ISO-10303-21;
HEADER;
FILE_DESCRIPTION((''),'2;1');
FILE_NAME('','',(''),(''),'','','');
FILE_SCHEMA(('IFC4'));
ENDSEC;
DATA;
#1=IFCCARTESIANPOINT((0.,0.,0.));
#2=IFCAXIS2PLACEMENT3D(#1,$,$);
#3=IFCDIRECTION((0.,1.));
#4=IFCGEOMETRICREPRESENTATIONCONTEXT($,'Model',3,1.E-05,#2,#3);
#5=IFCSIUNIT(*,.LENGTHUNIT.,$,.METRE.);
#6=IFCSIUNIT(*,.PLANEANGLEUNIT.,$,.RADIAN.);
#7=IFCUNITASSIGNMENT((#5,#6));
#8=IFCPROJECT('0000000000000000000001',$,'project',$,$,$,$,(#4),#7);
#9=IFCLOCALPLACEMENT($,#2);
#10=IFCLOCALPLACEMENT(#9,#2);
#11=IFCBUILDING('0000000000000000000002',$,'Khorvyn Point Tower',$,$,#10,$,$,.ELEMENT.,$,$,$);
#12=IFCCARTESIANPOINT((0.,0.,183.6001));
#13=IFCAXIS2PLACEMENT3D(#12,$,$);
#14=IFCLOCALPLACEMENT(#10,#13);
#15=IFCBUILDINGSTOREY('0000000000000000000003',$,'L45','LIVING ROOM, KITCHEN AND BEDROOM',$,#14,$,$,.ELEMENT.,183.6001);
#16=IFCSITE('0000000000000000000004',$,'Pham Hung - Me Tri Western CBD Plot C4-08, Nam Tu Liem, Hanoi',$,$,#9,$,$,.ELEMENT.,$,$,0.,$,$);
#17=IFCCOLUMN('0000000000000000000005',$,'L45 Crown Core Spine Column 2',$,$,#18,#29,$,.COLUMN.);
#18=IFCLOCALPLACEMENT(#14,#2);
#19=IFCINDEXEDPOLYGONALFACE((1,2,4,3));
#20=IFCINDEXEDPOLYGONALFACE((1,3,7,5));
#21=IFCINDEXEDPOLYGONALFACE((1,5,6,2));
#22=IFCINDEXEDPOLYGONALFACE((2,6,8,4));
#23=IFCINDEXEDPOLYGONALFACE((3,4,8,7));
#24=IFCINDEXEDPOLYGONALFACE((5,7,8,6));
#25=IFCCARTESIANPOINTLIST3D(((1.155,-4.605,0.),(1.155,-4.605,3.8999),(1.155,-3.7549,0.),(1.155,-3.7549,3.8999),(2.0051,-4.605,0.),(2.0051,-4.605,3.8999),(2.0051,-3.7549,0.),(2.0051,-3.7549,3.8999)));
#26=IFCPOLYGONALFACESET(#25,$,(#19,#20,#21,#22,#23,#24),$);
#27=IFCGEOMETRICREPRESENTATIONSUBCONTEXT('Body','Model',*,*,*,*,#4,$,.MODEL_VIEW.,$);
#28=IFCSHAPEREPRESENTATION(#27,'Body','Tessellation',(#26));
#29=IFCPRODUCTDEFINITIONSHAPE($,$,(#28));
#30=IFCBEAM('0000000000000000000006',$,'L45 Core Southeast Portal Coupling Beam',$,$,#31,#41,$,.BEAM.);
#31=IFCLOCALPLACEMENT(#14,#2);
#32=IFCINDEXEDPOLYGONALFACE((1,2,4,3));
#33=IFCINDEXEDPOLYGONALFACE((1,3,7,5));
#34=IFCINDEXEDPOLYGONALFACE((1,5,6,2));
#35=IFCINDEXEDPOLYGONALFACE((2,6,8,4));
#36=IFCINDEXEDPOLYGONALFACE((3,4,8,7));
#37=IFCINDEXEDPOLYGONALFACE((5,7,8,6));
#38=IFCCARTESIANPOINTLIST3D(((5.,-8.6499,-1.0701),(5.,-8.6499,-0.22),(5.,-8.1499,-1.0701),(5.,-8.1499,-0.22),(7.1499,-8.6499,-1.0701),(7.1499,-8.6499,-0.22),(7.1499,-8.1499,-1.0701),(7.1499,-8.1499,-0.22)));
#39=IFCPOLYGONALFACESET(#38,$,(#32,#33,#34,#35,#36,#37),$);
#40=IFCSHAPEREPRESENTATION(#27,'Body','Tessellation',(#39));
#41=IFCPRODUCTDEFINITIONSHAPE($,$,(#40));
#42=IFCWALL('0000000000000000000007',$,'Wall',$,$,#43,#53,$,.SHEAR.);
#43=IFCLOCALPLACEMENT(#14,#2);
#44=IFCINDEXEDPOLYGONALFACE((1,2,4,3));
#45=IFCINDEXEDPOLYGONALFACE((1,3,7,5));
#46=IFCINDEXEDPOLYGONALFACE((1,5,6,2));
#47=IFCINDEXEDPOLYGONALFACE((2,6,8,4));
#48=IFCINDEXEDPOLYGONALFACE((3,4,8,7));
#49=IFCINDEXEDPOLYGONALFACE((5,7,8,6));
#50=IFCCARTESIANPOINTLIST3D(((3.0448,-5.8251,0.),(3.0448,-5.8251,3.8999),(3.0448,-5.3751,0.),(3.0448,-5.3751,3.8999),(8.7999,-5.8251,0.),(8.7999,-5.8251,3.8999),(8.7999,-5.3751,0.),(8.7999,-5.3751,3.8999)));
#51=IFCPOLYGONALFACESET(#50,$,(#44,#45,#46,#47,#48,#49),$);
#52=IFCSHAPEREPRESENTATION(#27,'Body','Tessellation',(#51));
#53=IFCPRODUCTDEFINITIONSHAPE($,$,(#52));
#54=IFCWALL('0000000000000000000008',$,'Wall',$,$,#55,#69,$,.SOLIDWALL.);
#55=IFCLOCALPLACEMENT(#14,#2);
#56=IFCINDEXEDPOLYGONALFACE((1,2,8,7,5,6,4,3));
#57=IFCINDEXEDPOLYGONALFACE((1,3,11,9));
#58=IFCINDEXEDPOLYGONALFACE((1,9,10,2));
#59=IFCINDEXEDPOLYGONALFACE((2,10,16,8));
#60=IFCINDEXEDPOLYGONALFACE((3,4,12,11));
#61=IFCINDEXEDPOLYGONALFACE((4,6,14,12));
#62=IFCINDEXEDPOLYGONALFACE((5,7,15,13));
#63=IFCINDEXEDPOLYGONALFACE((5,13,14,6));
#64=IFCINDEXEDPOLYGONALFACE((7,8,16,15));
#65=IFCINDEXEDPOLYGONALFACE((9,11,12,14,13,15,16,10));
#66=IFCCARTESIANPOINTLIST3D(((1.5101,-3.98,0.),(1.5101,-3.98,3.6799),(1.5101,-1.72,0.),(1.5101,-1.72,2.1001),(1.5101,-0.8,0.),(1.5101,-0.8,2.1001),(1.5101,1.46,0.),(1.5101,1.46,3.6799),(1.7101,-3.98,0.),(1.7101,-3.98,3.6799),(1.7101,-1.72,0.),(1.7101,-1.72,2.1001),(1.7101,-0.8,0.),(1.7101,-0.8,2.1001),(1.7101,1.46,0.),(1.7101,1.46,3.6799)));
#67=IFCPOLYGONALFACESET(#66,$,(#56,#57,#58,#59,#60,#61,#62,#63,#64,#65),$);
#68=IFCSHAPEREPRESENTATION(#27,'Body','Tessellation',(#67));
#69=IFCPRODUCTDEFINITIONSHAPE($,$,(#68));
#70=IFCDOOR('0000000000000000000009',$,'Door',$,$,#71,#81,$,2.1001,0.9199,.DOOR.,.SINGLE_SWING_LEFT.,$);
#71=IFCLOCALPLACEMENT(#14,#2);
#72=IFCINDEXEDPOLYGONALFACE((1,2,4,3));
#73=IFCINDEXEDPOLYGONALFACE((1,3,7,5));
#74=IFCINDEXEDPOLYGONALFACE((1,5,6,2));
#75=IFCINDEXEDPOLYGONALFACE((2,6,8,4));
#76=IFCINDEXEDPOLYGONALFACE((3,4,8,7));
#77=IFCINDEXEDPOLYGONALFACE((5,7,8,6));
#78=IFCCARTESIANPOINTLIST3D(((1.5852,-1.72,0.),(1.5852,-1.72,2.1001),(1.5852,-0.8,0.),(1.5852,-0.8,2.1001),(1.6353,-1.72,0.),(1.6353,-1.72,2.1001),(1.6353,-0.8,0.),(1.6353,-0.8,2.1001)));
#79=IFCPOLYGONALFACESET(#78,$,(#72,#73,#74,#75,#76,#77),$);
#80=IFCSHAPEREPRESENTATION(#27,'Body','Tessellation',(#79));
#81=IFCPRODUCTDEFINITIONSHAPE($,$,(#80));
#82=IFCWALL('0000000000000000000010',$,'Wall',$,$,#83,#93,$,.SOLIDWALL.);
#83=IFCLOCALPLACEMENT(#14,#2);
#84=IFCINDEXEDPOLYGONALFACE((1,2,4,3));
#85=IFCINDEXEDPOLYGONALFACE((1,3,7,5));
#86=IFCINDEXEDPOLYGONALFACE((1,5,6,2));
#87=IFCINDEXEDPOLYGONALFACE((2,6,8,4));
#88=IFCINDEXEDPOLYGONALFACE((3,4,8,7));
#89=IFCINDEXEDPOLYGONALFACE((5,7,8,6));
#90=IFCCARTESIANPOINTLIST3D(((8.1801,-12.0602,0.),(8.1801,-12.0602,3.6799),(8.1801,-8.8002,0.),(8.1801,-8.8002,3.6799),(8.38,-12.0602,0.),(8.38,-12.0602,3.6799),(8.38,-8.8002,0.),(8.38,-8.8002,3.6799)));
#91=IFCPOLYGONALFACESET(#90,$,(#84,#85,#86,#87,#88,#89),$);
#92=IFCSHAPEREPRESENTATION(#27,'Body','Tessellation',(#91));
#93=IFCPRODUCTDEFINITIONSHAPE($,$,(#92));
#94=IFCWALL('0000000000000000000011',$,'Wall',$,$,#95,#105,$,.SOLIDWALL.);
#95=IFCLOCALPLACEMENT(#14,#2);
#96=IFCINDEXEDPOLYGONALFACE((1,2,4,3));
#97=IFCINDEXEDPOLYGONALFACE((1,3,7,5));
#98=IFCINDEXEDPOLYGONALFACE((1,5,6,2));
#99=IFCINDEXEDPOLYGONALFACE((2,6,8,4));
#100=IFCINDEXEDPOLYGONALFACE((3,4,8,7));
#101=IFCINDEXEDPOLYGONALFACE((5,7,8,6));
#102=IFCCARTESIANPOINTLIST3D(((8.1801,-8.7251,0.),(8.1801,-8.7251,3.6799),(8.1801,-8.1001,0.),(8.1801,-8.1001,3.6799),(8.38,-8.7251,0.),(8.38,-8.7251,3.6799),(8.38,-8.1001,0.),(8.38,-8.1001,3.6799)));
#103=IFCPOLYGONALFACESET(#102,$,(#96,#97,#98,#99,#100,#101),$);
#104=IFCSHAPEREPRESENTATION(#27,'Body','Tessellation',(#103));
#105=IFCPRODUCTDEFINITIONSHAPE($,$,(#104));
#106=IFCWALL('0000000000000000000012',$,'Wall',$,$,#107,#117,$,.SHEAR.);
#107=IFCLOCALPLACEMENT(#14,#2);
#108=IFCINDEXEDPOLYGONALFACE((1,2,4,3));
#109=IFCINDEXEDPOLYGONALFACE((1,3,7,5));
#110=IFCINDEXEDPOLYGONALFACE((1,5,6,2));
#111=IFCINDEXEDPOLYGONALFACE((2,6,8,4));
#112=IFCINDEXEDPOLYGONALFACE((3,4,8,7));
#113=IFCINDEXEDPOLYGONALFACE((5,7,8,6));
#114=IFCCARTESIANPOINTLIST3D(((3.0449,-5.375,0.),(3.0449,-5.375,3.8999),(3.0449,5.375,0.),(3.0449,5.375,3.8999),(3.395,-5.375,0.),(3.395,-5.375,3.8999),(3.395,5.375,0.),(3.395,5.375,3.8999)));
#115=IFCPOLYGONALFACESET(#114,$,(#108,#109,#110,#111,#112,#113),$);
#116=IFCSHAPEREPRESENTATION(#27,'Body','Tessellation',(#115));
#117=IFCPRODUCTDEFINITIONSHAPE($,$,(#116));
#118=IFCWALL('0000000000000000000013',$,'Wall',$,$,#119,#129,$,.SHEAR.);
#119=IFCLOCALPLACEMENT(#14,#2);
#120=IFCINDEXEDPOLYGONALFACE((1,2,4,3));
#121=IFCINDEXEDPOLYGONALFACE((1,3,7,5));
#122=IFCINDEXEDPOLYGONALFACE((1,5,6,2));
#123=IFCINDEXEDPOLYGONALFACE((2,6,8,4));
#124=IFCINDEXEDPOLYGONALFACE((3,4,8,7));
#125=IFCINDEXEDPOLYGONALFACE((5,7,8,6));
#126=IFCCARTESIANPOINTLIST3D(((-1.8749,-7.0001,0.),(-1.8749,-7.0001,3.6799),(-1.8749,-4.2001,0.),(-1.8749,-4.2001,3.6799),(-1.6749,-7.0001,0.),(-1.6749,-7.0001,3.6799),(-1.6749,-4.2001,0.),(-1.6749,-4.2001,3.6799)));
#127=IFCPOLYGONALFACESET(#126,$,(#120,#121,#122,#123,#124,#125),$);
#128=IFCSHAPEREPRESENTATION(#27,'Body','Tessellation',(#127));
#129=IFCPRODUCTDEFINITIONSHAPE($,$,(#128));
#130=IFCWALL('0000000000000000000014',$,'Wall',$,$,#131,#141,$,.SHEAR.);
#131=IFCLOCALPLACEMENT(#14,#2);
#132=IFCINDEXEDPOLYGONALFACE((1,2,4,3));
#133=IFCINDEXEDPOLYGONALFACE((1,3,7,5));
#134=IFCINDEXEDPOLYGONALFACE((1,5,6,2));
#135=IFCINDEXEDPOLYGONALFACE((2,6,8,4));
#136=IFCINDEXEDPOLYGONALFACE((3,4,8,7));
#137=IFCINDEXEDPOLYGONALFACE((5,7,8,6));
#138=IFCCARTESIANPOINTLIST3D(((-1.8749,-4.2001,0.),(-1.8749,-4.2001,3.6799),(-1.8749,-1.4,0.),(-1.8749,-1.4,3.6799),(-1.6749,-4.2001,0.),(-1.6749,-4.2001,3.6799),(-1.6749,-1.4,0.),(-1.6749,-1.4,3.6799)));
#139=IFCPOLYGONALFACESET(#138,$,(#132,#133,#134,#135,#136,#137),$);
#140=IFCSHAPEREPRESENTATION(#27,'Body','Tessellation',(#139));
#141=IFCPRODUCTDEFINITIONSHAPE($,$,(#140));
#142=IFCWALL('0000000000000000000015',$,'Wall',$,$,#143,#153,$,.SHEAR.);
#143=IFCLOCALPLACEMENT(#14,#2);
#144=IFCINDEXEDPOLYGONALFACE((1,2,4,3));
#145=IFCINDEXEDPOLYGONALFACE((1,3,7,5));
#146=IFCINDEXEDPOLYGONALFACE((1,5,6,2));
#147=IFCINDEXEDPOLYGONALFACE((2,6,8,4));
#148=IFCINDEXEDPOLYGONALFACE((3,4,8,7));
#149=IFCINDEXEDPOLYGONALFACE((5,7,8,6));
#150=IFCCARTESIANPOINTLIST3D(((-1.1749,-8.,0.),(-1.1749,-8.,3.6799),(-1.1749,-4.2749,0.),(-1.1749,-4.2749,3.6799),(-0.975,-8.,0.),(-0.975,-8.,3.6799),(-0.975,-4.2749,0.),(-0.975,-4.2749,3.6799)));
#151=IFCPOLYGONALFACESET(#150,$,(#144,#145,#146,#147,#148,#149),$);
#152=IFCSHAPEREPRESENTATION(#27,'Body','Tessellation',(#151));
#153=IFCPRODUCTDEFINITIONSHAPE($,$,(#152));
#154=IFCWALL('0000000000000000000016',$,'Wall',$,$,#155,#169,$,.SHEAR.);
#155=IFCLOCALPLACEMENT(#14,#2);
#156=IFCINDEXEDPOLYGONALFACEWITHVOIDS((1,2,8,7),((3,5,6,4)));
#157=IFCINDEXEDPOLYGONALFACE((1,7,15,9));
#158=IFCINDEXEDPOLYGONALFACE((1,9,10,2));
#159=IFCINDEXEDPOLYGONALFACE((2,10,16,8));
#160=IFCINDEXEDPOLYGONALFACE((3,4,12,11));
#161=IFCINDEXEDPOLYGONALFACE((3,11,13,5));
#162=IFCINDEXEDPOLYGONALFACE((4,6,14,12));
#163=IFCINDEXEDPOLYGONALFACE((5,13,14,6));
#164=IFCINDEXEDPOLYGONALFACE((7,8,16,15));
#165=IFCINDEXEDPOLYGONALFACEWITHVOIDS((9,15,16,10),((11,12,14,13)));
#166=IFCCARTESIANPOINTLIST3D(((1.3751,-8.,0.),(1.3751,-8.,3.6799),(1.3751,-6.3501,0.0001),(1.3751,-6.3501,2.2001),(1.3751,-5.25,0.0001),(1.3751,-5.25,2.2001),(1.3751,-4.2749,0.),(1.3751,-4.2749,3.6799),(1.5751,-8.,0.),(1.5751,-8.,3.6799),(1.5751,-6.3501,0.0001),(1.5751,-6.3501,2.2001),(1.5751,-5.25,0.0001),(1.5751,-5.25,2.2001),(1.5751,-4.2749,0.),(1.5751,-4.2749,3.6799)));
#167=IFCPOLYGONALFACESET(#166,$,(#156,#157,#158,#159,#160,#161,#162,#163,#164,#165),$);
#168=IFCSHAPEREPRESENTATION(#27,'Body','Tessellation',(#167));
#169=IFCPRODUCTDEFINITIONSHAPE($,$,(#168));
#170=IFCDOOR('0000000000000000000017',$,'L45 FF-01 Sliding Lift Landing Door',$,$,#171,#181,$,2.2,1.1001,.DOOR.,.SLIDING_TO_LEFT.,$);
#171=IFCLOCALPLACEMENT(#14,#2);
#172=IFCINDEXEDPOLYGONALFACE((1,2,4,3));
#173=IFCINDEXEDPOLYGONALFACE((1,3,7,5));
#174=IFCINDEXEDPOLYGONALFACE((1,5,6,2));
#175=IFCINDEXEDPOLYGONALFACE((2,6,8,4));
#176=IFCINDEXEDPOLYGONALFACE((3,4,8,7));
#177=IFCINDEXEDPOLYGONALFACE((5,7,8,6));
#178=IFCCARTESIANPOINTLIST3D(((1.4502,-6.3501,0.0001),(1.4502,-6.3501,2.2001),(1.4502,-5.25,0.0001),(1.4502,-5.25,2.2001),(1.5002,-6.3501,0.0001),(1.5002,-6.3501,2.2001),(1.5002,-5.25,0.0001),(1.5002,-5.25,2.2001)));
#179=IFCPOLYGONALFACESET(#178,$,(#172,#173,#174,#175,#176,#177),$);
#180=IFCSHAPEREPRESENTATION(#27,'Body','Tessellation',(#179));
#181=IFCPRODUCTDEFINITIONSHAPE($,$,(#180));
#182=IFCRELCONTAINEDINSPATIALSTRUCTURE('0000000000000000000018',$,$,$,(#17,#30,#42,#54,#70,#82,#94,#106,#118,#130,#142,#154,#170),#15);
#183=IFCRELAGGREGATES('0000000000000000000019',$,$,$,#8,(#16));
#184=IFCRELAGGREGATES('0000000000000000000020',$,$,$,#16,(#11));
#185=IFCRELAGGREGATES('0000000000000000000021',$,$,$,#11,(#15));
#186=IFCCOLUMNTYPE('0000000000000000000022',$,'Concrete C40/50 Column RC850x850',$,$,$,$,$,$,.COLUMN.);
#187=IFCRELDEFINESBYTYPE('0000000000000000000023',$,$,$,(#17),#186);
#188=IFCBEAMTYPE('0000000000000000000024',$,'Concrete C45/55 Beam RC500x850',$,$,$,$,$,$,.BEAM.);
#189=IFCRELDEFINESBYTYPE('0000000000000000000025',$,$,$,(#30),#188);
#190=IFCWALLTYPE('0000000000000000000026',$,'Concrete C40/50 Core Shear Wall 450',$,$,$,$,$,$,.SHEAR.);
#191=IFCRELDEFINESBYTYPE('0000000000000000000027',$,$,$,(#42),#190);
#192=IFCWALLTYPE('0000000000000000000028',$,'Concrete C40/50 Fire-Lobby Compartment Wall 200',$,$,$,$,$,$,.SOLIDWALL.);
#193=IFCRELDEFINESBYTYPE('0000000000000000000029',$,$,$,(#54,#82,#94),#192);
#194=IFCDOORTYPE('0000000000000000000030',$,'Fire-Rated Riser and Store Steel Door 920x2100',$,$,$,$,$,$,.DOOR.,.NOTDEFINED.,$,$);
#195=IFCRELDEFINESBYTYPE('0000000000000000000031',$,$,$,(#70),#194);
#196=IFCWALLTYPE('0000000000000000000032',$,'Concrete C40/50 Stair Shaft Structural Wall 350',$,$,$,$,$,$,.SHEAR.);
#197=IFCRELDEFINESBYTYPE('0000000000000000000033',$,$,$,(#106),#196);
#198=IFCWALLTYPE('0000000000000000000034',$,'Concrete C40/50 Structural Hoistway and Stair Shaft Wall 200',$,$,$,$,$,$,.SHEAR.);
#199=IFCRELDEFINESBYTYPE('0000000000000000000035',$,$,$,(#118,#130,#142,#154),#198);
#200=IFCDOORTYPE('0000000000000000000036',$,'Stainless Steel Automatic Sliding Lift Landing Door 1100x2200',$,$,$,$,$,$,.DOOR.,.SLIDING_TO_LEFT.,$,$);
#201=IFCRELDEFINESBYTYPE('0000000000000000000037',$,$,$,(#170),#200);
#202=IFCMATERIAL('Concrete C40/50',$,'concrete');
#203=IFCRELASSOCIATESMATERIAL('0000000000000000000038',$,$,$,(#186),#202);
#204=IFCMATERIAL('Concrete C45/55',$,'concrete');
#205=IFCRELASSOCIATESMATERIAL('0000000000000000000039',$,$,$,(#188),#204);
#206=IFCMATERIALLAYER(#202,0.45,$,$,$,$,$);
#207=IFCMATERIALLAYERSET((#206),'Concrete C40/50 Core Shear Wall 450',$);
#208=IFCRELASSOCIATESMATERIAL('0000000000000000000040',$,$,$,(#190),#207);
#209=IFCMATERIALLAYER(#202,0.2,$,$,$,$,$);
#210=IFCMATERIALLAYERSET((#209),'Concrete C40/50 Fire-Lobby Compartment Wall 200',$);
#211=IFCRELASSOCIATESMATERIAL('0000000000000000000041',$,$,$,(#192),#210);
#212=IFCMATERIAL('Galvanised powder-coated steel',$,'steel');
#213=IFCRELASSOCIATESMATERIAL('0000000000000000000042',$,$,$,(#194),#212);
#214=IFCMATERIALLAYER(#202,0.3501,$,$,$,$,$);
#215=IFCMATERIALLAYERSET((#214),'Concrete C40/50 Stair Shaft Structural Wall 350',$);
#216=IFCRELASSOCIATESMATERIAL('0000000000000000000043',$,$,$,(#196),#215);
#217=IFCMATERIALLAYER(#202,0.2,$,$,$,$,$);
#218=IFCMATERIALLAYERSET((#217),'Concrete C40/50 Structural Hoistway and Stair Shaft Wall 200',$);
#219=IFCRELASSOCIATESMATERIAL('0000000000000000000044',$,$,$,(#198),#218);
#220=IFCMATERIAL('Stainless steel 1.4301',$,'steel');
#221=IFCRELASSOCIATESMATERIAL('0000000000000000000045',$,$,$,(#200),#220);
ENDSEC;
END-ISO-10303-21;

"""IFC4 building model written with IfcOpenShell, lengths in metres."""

from ifc_helpers import new_model, si_unit, direction, frame, frame_2d, origin, origin_2d, place, context, subcontext, project, spatial, rectangle, extrude, material, layer, layer_set, material_profile, profile_set, type_object, element, fill, save


model = new_model("IFC4")

# Units and contexts
model_context = context("Model", 3, precision=1e-05, world=origin(), true_north=direction((0.0, 1.0)))
body_context = subcontext(model_context, "Body", "Model", "MODEL_VIEW")
ifc_project = project(units=[si_unit("LENGTHUNIT", "METRE"), si_unit("PLANEANGLEUNIT", "RADIAN")], contexts=[model_context])

# Site, building, storey
site_placement = place(None, origin())
site = spatial("IfcSite", under=ifc_project, at=site_placement, Name="Pham Hung - Me Tri Western CBD Plot C4-08, Nam Tu Liem, Hanoi", CompositionType="ELEMENT", RefElevation=0.0)
building_placement = place(site_placement, origin())
building = spatial("IfcBuilding", under=site, at=building_placement, Name="Khorvyn Point Tower", CompositionType="ELEMENT")
storey_placement = place(building_placement, frame((0.0, 0.0, 183.6001)))
storey = spatial("IfcBuildingStorey", under=building, at=storey_placement, Name="L45", Description="LIVING ROOM, KITCHEN AND BEDROOM", CompositionType="ELEMENT", Elevation=183.6001)

# Column
ifc_material_1 = material(Name="Concrete C40/50", Category="concrete")
ifc_material_profile_1 = material_profile(ifc_material_1, rectangle(XDim=0.8501, YDim=0.8501, at=origin_2d()))
ifc_profile_set_1 = profile_set([ifc_material_profile_1], Name="Concrete C40/50 RC850x850")
column_type = type_object("IfcColumnType", Name="Concrete C40/50 Column RC850x850", PredefinedType="COLUMN", material=ifc_profile_set_1)
column_placement = place(storey_placement, frame((1.5801, -4.1799, 0.0), z_axis=(0.0, 0.0, 1.0), x_axis=(1.0, 0.0, 0.0)))
element("IfcColumn", 1, at=column_placement, inside=storey, type_object=column_type, Name="L45 Crown Core Spine Column 2", PredefinedType="COLUMN", context=body_context, shape_type="SweptSolid", body=[
    extrude(rectangle(XDim=0.8501, YDim=0.8501, at=origin_2d()), origin(), (0.0, 0.0, 1.0), 3.8999),
])

# Beam
ifc_material_2 = material(Name="Concrete C45/55", Category="concrete")
ifc_material_profile_2 = material_profile(ifc_material_2, rectangle(XDim=0.5, YDim=0.8501, at=origin_2d()))
ifc_profile_set_2 = profile_set([ifc_material_profile_2], Name="Concrete C45/55 RC500x850")
beam_type = type_object("IfcBeamType", Name="Concrete C45/55 Beam RC500x850", PredefinedType="BEAM", material=ifc_profile_set_2)
beam_placement = place(storey_placement, frame((5.0, -8.3999, -0.645), z_axis=(1.0, 0.0, 0.0), x_axis=(0.0, 1.0, 0.0)))
element("IfcBeam", 2, at=beam_placement, inside=storey, type_object=beam_type, Name="L45 Core Southeast Portal Coupling Beam", PredefinedType="BEAM", context=body_context, shape_type="SweptSolid", body=[
    extrude(rectangle(XDim=0.5, YDim=0.8501, at=origin_2d()), origin(), (0.0, 0.0, 1.0), 2.1499),
])

# Wall
ifc_layer_1 = layer(ifc_material_1, 0.45)
ifc_layer_set_1 = layer_set([ifc_layer_1], Name="Concrete C40/50 Core Shear Wall 450")
wall_type_1 = type_object("IfcWallType", Name="Concrete C40/50 Core Shear Wall 450", PredefinedType="SHEAR", material=ifc_layer_set_1)
wall_1_placement = place(storey_placement, frame((3.0449, -5.6001, 0.0), z_axis=(0.0, 0.0, 1.0), x_axis=(1.0, 0.0, 0.0)))
element("IfcWall", 3, at=wall_1_placement, inside=storey, type_object=wall_type_1, Name="Wall", PredefinedType="SHEAR", context=body_context, shape_type="SweptSolid", body=[
    extrude(rectangle(XDim=5.7551, YDim=0.45, at=frame_2d((2.8774, 0.0))), origin(), (0.0, 0.0, 1.0), 3.8999),
])

# Wall, opening, door
ifc_layer_2 = layer(ifc_material_1, 0.2)
ifc_layer_set_2 = layer_set([ifc_layer_2], Name="Concrete C40/50 Fire-Lobby Compartment Wall 200")
wall_type_2 = type_object("IfcWallType", Name="Concrete C40/50 Fire-Lobby Compartment Wall 200", PredefinedType="SOLIDWALL", material=ifc_layer_set_2)
ifc_material_3 = material(Name="Galvanised powder-coated steel", Category="steel")
wall_2_placement = place(storey_placement, frame((1.6101, -3.98, 0.0), z_axis=(0.0, 0.0, 1.0), x_axis=(0.0, 1.0, 0.0)))
wall_2 = element("IfcWall", 4, at=wall_2_placement, inside=storey, type_object=wall_type_2, Name="Wall", PredefinedType="SOLIDWALL", context=body_context, shape_type="SweptSolid", body=[
    extrude(rectangle(XDim=5.4399, YDim=0.2, at=frame_2d((2.72, 0.0))), origin(), (0.0, 0.0, 1.0), 3.6799),
])
opening_1_placement = place(wall_2_placement, frame((2.26, 0.0, 0.0)))
opening_1 = element("IfcOpeningElement", 5, at=opening_1_placement, cuts=wall_2, PredefinedType="OPENING", context=body_context, shape_type="SweptSolid", body=[
    extrude(rectangle(XDim=0.9199, YDim=2.1001, at=frame_2d((0.46, 1.05))), frame((0.0, 0.1099, 0.0), z_axis=(0.0, -1.0, 0.0), x_axis=(1.0, 0.0, 0.0)), (0.0, 0.0, 1.0), 0.22),
])
door_type_1 = type_object("IfcDoorType", Name="Fire-Rated Riser and Store Steel Door 920x2100", OperationType="NOTDEFINED", PredefinedType="DOOR", material=ifc_material_3)
door_1_placement = place(opening_1_placement, origin())
door_1 = element("IfcDoor", 6, at=door_1_placement, inside=storey, type_object=door_type_1, Name="Door", OperationType="SINGLE_SWING_LEFT", OverallHeight=2.1001, OverallWidth=0.9199, PredefinedType="DOOR", context=body_context, shape_type="SweptSolid", body=[
    extrude(rectangle(XDim=0.9199, YDim=2.1001, at=frame_2d((0.46, 1.05))), frame((0.0, 0.0249, 0.0), z_axis=(0.0, -1.0, 0.0), x_axis=(1.0, 0.0, 0.0)), (0.0, 0.0, 1.0), 0.05),
])
fill(opening_1, door_1)

# Walls
wall_3_placement = place(storey_placement, frame((8.28, -12.0601, 0.0), z_axis=(0.0, 0.0, 1.0), x_axis=(0.0, 1.0, 0.0)))
element("IfcWall", 7, at=wall_3_placement, inside=storey, type_object=wall_type_2, Name="Wall", PredefinedType="SOLIDWALL", context=body_context, shape_type="SweptSolid", body=[
    extrude(rectangle(XDim=3.26, YDim=0.2, at=frame_2d((1.6299, 0.0))), origin(), (0.0, 0.0, 1.0), 3.6799),
])
wall_4_placement = place(storey_placement, frame((8.28, -8.7251, 0.0), z_axis=(0.0, 0.0, 1.0), x_axis=(0.0, 1.0, 0.0)))
element("IfcWall", 8, at=wall_4_placement, inside=storey, type_object=wall_type_2, Name="Wall", PredefinedType="SOLIDWALL", context=body_context, shape_type="SweptSolid", body=[
    extrude(rectangle(XDim=0.625, YDim=0.2, at=frame_2d((0.3125, 0.0))), origin(), (0.0, 0.0, 1.0), 3.6799),
])
ifc_layer_3 = layer(ifc_material_1, 0.3501)
ifc_layer_set_3 = layer_set([ifc_layer_3], Name="Concrete C40/50 Stair Shaft Structural Wall 350")
wall_type_3 = type_object("IfcWallType", Name="Concrete C40/50 Stair Shaft Structural Wall 350", PredefinedType="SHEAR", material=ifc_layer_set_3)
wall_5_placement = place(storey_placement, frame((3.22, -5.375, 0.0), z_axis=(0.0, 0.0, 1.0), x_axis=(0.0, 1.0, 0.0)))
element("IfcWall", 9, at=wall_5_placement, inside=storey, type_object=wall_type_3, Name="Wall", PredefinedType="SHEAR", context=body_context, shape_type="SweptSolid", body=[
    extrude(rectangle(XDim=10.75, YDim=0.3501, at=frame_2d((5.375, 0.0))), origin(), (0.0, 0.0, 1.0), 3.8999),
])

# Walls
ifc_layer_4 = layer(ifc_material_1, 0.2)
ifc_layer_set_4 = layer_set([ifc_layer_4], Name="Concrete C40/50 Structural Hoistway and Stair Shaft Wall 200")
wall_type_4 = type_object("IfcWallType", Name="Concrete C40/50 Structural Hoistway and Stair Shaft Wall 200", PredefinedType="SHEAR", material=ifc_layer_set_4)
for number, where, z_axis, x_axis, name in (
    (10, (-1.7749, -7.0, 0.0), (0.0, 0.0, 1.0), (0.0, 1.0, 0.0), "Wall"),
    (11, (-1.7749, -4.2, 0.0), (0.0, 0.0, 1.0), (0.0, 1.0, 0.0), "Wall"),
):
    element("IfcWall", number, at=place(storey_placement, frame(where, z_axis=z_axis, x_axis=x_axis)), inside=storey, type_object=wall_type_4, Name=name, PredefinedType="SHEAR", context=body_context, shape_type="SweptSolid", body=[
        extrude(rectangle(XDim=2.8, YDim=0.2, at=frame_2d((1.3999, 0.0))), origin(), (0.0, 0.0, 1.0), 3.6799),
    ])
wall_6_placement = place(storey_placement, frame((-1.075, -8.0, 0.0), z_axis=(0.0, 0.0, 1.0), x_axis=(0.0, 1.0, 0.0)))
element("IfcWall", 12, at=wall_6_placement, inside=storey, type_object=wall_type_4, Name="Wall", PredefinedType="SHEAR", context=body_context, shape_type="SweptSolid", body=[
    extrude(rectangle(XDim=3.7251, YDim=0.2, at=frame_2d((1.8625, 0.0))), origin(), (0.0, 0.0, 1.0), 3.6799),
])

# Wall, opening, door
wall_7_placement = place(storey_placement, frame((1.4751, -8.0, 0.0), z_axis=(0.0, 0.0, 1.0), x_axis=(0.0, 1.0, 0.0)))
wall_7 = element("IfcWall", 13, at=wall_7_placement, inside=storey, type_object=wall_type_4, Name="Wall", PredefinedType="SHEAR", context=body_context, shape_type="SweptSolid", body=[
    extrude(rectangle(XDim=3.7251, YDim=0.2, at=frame_2d((1.8625, 0.0))), origin(), (0.0, 0.0, 1.0), 3.6799),
])
opening_2_placement = place(wall_7_placement, frame((1.6499, 0.0, 0.0)))
opening_2 = element("IfcOpeningElement", 14, at=opening_2_placement, cuts=wall_7, PredefinedType="OPENING", context=body_context, shape_type="SweptSolid", body=[
    extrude(rectangle(XDim=1.1001, YDim=2.2, at=frame_2d((0.55, 1.1001))), frame((0.0, 0.1099, 0.0), z_axis=(0.0, -1.0, 0.0), x_axis=(1.0, 0.0, 0.0)), (0.0, 0.0, 1.0), 0.22),
])
ifc_material_4 = material(Name="Stainless steel 1.4301", Category="steel")
door_type_2 = type_object("IfcDoorType", Name="Stainless Steel Automatic Sliding Lift Landing Door 1100x2200", OperationType="SLIDING_TO_LEFT", PredefinedType="DOOR", material=ifc_material_4)
door_2_placement = place(opening_2_placement, origin())
door_2 = element("IfcDoor", 15, at=door_2_placement, inside=storey, type_object=door_type_2, Name="L45 FF-01 Sliding Lift Landing Door", OperationType="SLIDING_TO_LEFT", OverallHeight=2.2, OverallWidth=1.1001, PredefinedType="DOOR", context=body_context, shape_type="SweptSolid", body=[
    extrude(rectangle(XDim=1.1001, YDim=2.2, at=frame_2d((0.55, 1.1001))), frame((0.0, 0.0249, 0.0), z_axis=(0.0, -1.0, 0.0), x_axis=(1.0, 0.0, 0.0)), (0.0, 0.0, 1.0), 0.05),
])
fill(opening_2, door_2)

save(model, "model.ifc")
